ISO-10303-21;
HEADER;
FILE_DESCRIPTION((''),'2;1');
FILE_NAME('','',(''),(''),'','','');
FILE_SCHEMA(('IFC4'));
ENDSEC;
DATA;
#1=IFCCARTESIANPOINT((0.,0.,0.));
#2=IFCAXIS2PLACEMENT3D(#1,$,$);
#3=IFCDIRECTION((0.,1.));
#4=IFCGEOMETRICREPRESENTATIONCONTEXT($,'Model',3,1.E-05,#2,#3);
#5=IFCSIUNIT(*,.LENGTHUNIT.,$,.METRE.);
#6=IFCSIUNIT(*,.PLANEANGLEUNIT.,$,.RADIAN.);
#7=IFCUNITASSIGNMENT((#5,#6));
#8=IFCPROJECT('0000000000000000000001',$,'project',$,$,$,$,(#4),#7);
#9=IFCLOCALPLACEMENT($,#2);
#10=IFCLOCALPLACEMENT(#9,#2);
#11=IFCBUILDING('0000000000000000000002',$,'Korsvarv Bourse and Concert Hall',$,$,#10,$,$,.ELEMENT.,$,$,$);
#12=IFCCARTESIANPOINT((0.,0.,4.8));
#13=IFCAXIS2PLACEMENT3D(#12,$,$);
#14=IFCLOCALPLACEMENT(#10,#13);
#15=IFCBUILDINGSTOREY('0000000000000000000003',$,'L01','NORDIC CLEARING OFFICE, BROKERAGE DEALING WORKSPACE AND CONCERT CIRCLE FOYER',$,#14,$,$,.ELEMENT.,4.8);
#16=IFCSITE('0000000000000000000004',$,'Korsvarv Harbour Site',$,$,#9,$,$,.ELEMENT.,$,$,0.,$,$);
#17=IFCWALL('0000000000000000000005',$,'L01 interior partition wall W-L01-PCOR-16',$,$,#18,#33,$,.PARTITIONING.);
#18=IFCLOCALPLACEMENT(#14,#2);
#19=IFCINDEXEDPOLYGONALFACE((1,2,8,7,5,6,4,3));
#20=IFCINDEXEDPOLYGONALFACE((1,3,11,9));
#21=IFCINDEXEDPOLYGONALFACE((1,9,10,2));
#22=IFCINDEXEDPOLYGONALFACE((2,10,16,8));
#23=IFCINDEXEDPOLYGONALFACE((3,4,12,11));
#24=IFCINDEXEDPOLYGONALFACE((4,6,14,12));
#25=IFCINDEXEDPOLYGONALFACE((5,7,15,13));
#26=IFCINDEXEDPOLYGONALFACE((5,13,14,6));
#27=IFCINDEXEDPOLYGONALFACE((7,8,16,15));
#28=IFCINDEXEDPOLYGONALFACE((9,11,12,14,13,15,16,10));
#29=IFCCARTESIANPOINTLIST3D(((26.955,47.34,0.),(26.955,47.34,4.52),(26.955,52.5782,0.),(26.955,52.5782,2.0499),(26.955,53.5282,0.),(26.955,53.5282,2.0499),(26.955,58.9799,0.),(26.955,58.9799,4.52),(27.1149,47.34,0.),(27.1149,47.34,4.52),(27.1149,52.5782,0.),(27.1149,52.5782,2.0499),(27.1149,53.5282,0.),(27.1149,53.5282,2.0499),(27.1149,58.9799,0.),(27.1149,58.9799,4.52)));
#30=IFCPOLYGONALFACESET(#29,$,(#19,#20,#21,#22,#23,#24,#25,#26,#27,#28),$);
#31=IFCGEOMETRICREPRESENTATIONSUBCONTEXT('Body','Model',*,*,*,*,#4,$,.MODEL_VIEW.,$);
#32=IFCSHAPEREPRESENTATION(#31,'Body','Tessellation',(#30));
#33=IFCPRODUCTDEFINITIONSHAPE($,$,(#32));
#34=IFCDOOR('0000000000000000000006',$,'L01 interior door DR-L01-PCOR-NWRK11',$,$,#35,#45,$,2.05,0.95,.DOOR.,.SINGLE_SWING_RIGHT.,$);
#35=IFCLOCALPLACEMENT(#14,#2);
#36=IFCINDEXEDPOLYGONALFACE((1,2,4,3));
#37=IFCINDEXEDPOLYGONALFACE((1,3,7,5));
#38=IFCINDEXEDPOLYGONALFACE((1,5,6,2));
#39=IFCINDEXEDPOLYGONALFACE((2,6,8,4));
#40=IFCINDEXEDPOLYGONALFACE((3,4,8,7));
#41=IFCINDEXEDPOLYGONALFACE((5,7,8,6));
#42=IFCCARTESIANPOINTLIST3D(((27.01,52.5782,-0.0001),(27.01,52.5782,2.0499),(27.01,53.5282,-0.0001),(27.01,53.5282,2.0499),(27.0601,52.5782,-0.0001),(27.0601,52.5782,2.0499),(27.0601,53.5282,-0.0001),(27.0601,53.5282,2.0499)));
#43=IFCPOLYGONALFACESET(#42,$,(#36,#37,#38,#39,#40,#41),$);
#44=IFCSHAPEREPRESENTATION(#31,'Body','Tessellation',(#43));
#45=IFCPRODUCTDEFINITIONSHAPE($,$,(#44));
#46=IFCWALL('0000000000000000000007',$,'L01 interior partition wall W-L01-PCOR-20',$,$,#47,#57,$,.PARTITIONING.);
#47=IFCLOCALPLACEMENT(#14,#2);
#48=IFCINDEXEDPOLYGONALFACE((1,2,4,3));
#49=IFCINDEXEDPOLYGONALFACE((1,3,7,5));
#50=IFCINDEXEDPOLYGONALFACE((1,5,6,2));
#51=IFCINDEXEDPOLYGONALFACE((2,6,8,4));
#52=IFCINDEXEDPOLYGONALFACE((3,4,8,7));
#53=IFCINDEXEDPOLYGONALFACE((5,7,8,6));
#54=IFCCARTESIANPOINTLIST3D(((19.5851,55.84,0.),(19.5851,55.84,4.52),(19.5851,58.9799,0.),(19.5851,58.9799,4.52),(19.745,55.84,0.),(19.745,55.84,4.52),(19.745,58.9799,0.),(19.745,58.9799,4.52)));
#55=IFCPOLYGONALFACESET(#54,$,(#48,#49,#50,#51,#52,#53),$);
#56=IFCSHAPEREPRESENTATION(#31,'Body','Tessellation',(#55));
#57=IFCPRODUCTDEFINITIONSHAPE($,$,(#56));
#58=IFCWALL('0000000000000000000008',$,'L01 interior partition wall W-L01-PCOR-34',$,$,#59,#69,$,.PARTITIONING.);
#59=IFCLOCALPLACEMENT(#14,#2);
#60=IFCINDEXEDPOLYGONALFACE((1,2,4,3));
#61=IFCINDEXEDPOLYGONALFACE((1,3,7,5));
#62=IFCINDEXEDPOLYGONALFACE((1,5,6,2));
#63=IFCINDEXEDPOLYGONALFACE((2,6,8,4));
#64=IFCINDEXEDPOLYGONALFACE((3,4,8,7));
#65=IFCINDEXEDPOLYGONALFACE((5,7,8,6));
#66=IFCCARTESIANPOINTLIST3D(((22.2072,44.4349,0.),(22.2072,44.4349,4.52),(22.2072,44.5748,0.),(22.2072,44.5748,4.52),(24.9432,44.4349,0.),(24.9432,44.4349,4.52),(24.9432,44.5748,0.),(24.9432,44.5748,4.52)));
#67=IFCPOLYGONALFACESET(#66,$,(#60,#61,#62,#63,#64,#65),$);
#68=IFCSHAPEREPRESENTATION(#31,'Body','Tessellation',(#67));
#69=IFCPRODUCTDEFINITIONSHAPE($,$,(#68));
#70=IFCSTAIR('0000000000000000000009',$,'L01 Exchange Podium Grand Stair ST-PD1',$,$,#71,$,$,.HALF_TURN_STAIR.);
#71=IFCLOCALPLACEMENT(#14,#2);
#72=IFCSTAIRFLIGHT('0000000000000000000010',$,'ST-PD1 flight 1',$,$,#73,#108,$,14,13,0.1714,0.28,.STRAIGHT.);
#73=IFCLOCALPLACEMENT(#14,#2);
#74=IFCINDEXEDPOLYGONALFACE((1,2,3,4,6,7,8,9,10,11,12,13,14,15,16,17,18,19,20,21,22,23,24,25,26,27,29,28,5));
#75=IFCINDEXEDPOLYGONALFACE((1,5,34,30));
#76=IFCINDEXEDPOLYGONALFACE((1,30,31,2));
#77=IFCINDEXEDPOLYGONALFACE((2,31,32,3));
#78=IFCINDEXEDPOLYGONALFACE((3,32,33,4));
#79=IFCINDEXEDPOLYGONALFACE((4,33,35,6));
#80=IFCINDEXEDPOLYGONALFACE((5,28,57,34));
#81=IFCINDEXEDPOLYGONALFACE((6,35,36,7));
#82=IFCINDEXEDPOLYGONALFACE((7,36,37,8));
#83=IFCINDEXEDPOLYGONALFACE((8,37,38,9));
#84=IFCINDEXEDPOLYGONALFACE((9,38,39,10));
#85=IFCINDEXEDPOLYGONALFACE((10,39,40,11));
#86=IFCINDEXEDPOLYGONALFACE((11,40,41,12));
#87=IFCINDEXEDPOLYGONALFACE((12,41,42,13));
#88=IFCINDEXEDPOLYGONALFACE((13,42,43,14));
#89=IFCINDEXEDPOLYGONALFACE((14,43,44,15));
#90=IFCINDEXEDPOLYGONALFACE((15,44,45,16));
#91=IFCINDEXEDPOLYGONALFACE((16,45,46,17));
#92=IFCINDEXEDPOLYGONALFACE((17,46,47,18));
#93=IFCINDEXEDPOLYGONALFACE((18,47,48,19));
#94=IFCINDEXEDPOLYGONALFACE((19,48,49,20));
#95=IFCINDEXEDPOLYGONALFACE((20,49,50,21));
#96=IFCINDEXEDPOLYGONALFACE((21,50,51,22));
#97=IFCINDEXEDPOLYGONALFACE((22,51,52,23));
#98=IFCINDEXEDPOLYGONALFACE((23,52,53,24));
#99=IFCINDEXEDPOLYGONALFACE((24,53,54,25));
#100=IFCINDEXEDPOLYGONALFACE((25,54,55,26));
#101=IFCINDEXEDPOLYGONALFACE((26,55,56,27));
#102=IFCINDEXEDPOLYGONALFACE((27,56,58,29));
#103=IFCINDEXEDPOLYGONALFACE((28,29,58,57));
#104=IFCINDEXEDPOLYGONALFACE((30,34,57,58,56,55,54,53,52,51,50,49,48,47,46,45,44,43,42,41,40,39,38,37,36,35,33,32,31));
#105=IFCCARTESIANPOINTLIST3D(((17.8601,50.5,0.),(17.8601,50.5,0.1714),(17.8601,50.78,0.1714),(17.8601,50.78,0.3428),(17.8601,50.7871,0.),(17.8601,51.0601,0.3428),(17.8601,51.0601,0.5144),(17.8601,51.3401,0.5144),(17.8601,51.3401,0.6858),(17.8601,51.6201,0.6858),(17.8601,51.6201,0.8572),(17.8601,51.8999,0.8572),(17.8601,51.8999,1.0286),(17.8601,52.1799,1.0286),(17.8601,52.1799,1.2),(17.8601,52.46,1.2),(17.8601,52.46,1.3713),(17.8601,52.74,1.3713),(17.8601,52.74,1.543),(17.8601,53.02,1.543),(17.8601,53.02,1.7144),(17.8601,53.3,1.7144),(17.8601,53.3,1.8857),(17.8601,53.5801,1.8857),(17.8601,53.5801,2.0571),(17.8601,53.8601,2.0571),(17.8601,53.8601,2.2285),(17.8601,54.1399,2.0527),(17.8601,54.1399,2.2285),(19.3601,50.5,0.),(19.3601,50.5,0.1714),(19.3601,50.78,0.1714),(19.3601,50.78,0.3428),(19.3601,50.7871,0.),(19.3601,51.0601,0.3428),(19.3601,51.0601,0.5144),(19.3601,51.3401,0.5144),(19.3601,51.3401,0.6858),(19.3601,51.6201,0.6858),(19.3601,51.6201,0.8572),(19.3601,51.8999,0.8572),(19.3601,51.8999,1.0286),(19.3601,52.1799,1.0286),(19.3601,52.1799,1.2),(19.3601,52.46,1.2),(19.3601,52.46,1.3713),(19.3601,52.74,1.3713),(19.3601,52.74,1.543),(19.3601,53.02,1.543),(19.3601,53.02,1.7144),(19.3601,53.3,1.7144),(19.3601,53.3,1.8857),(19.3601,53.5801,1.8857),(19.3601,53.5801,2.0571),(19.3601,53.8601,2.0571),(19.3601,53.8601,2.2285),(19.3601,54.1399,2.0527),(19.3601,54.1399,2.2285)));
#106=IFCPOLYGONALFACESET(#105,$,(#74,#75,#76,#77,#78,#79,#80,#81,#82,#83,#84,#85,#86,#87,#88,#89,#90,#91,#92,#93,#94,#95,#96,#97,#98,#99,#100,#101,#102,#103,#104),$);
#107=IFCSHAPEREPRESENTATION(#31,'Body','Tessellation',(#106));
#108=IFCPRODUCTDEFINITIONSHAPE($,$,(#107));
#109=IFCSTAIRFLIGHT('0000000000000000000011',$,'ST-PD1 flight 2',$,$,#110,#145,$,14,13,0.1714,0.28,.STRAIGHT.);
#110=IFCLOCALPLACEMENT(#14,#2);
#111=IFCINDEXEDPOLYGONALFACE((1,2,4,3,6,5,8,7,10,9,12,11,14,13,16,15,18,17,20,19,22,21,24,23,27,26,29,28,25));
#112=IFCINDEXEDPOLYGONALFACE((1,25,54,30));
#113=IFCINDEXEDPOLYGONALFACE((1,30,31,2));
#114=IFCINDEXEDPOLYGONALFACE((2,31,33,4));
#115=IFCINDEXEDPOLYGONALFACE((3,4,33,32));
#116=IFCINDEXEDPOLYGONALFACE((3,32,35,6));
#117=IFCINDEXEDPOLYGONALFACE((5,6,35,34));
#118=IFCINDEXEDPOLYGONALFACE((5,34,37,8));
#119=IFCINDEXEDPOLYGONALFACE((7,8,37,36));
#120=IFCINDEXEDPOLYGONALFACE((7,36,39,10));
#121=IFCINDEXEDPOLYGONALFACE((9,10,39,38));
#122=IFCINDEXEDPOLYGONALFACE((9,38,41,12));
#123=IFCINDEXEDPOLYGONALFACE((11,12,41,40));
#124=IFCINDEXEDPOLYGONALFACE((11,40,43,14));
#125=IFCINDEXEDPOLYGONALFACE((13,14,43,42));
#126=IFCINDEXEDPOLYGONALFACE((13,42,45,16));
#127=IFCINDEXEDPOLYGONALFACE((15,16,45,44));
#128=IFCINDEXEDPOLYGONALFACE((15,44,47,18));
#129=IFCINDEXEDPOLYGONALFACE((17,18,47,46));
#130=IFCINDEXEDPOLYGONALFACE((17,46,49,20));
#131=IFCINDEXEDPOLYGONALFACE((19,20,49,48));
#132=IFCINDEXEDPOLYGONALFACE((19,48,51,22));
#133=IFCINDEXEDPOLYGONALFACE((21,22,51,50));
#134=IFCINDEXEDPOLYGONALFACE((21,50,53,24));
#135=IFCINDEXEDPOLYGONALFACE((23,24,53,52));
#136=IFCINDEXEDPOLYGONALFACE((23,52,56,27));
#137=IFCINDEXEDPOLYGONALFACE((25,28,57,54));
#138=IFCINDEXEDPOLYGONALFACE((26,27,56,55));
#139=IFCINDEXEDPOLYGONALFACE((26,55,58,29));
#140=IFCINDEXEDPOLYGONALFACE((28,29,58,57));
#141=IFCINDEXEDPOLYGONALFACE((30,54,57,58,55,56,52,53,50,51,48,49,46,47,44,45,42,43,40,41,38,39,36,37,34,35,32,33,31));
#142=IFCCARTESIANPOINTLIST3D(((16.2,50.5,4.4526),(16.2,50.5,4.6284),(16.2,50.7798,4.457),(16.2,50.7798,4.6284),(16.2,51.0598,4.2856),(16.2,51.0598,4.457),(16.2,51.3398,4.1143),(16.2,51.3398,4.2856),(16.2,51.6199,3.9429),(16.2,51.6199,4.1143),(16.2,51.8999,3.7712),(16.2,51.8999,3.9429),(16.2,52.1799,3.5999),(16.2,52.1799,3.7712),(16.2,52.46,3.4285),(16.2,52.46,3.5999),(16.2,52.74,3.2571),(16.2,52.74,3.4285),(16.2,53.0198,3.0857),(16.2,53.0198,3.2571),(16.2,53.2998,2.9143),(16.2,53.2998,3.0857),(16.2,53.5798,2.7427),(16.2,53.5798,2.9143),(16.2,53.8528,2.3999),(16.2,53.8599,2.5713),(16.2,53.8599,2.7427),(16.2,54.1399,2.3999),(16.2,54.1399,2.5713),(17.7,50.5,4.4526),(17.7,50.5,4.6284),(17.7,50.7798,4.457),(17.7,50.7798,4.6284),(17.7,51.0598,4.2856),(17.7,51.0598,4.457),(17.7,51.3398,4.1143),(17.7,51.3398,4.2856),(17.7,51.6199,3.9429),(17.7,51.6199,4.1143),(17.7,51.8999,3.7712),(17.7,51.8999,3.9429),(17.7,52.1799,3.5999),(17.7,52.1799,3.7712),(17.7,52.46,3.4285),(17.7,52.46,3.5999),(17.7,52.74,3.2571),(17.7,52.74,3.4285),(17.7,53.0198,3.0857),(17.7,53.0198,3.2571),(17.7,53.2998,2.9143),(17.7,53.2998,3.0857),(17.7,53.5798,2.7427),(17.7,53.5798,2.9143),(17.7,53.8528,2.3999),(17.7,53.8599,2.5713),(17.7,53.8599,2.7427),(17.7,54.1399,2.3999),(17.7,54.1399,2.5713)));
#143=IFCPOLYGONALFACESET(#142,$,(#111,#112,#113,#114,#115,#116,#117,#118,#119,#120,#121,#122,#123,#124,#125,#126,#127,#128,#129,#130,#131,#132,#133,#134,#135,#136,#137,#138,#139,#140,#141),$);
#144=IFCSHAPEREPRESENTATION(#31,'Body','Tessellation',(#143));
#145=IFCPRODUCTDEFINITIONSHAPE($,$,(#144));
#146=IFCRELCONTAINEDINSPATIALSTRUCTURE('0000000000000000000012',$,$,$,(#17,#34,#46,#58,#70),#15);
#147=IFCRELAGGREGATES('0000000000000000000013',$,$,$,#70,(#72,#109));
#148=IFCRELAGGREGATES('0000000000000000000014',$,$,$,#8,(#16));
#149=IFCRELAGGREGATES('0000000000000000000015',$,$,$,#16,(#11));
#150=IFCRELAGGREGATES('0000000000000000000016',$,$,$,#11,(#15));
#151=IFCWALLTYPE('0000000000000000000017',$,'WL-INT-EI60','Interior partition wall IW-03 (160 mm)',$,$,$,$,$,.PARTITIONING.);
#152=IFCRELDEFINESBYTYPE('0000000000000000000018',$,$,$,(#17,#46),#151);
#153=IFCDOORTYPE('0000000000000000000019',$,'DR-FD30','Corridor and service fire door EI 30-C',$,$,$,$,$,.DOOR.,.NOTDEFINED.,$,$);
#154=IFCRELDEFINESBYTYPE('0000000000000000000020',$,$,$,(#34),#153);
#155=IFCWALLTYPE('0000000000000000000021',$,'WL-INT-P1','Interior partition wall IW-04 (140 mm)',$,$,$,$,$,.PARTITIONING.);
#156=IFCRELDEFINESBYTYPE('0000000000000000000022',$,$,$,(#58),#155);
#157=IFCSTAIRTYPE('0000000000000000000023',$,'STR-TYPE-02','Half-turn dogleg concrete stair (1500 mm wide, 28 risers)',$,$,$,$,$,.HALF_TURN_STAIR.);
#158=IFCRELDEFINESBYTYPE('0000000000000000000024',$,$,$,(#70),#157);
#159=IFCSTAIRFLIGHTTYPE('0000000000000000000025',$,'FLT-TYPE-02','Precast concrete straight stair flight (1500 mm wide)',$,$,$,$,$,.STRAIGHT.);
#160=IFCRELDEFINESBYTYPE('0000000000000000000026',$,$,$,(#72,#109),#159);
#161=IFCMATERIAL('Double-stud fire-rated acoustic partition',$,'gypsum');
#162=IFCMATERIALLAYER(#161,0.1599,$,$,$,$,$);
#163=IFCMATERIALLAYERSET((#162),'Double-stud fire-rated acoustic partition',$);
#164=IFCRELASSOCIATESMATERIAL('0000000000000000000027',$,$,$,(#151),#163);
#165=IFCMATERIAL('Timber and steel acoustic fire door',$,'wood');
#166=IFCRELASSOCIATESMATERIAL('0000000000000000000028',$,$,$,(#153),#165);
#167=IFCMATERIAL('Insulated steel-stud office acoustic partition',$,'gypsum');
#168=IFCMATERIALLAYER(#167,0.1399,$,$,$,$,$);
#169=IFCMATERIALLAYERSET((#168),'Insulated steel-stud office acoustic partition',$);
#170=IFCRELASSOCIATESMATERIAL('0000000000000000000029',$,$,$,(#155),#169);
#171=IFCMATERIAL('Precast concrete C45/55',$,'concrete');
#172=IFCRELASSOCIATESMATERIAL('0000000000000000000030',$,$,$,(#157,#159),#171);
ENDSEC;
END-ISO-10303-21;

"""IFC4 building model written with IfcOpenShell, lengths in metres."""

from ifc_helpers import new_model, si_unit, direction, frame, frame_2d, origin, place, context, subcontext, project, spatial, polyline, rectangle, outline, extrude, material, layer, layer_set, type_object, element, fill, aggregate, save


model = new_model("IFC4")

# Units and contexts
model_context = context("Model", 3, precision=1e-05, world=origin(), true_north=direction((0.0, 1.0)))
body_context = subcontext(model_context, "Body", "Model", "MODEL_VIEW")
ifc_project = project(units=[si_unit("LENGTHUNIT", "METRE"), si_unit("PLANEANGLEUNIT", "RADIAN")], contexts=[model_context])

# Site, building, storey
site_placement = place(None, origin())
site = spatial("IfcSite", under=ifc_project, at=site_placement, Name="Korsvarv Harbour Site", CompositionType="ELEMENT", RefElevation=0.0)
building_placement = place(site_placement, origin())
building = spatial("IfcBuilding", under=site, at=building_placement, Name="Korsvarv Bourse and Concert Hall", CompositionType="ELEMENT")
storey_placement = place(building_placement, frame((0.0, 0.0, 4.8)))
storey = spatial("IfcBuildingStorey", under=building, at=storey_placement, Name="L01", Description="NORDIC CLEARING OFFICE, BROKERAGE DEALING WORKSPACE AND CONCERT CIRCLE FOYER", CompositionType="ELEMENT", Elevation=4.8)

# Wall, opening, door
ifc_material_1 = material(Name="Double-stud fire-rated acoustic partition", Category="gypsum")
ifc_layer_1 = layer(ifc_material_1, 0.1599)
ifc_layer_set_1 = layer_set([ifc_layer_1], Name="Double-stud fire-rated acoustic partition")
wall_type_1 = type_object("IfcWallType", Name="WL-INT-EI60", Description="Interior partition wall IW-03 (160 mm)", PredefinedType="PARTITIONING", material=ifc_layer_set_1)
wall_1_placement = place(storey_placement, frame((27.0349, 47.3401, 0.0), z_axis=(0.0, 0.0, 1.0), x_axis=(0.0, 1.0, 0.0)))
wall_1 = element("IfcWall", 1, at=wall_1_placement, inside=storey, type_object=wall_type_1, Name="L01 interior partition wall W-L01-PCOR-16", PredefinedType="PARTITIONING", context=body_context, shape_type="SweptSolid", body=[
    extrude(rectangle(XDim=11.6399, YDim=0.1599, at=frame_2d((5.8198, 0.0))), origin(), (0.0, 0.0, 1.0), 4.52),
])
opening_1_placement = place(wall_1_placement, frame((5.238, 0.0, 0.0)))
opening_1 = element("IfcOpeningElement", 2, at=opening_1_placement, cuts=wall_1, PredefinedType="OPENING", context=body_context, shape_type="SweptSolid", body=[
    extrude(rectangle(XDim=0.95, YDim=2.05, at=frame_2d((0.4751, 1.0249))), frame((0.0, 0.0898, 0.0), z_axis=(0.0, -1.0, 0.0), x_axis=(1.0, 0.0, 0.0)), (0.0, 0.0, 1.0), 0.1799),
])
ifc_material_2 = material(Name="Timber and steel acoustic fire door", Category="wood")
door_type_1 = type_object("IfcDoorType", Name="DR-FD30", Description="Corridor and service fire door EI 30-C", OperationType="NOTDEFINED", PredefinedType="DOOR", material=ifc_material_2)
door_1_placement = place(opening_1_placement, origin())
door_1 = element("IfcDoor", 3, at=door_1_placement, inside=storey, type_object=door_type_1, Name="L01 interior door DR-L01-PCOR-NWRK11", OperationType="SINGLE_SWING_RIGHT", OverallHeight=2.05, OverallWidth=0.95, PredefinedType="DOOR", context=body_context, shape_type="SweptSolid", body=[
    extrude(rectangle(XDim=0.95, YDim=2.05, at=frame_2d((0.4751, 1.0249))), frame((0.0, 0.0249, 0.0), z_axis=(0.0, -1.0, 0.0), x_axis=(1.0, 0.0, 0.0)), (0.0, 0.0, 1.0), 0.05),
])
fill(opening_1, door_1)

# Walls
wall_2_placement = place(storey_placement, frame((19.665, 55.8401, 0.0), z_axis=(0.0, 0.0, 1.0), x_axis=(0.0, 1.0, 0.0)))
element("IfcWall", 4, at=wall_2_placement, inside=storey, type_object=wall_type_1, Name="L01 interior partition wall W-L01-PCOR-20", PredefinedType="PARTITIONING", context=body_context, shape_type="SweptSolid", body=[
    extrude(rectangle(XDim=3.1399, YDim=0.1599, at=frame_2d((1.5698, 0.0))), origin(), (0.0, 0.0, 1.0), 4.52),
])
ifc_material_3 = material(Name="Insulated steel-stud office acoustic partition", Category="gypsum")
ifc_layer_2 = layer(ifc_material_3, 0.1399)
ifc_layer_set_2 = layer_set([ifc_layer_2], Name="Insulated steel-stud office acoustic partition")
wall_type_2 = type_object("IfcWallType", Name="WL-INT-P1", Description="Interior partition wall IW-04 (140 mm)", PredefinedType="PARTITIONING", material=ifc_layer_set_2)
wall_3_placement = place(storey_placement, frame((22.207, 44.5049, 0.0), z_axis=(0.0, 0.0, 1.0), x_axis=(1.0, 0.0, 0.0)))
element("IfcWall", 5, at=wall_3_placement, inside=storey, type_object=wall_type_2, Name="L01 interior partition wall W-L01-PCOR-34", PredefinedType="PARTITIONING", context=body_context, shape_type="SweptSolid", body=[
    extrude(rectangle(XDim=2.7361, YDim=0.1399, at=frame_2d((1.3682, 0.0))), origin(), (0.0, 0.0, 1.0), 4.52),
])

# Stair, stair flights
ifc_material_4 = material(Name="Precast concrete C45/55", Category="concrete")
stair_type = type_object("IfcStairType", Name="STR-TYPE-02", Description="Half-turn dogleg concrete stair (1500 mm wide, 28 risers)", PredefinedType="HALF_TURN_STAIR", material=ifc_material_4)
stair_placement = place(storey_placement, origin())
stair = element("IfcStair", 6, at=stair_placement, inside=storey, type_object=stair_type, Name="L01 Exchange Podium Grand Stair ST-PD1", PredefinedType="HALF_TURN_STAIR")
stair_flight_type = type_object("IfcStairFlightType", Name="FLT-TYPE-02", Description="Precast concrete straight stair flight (1500 mm wide)", PredefinedType="STRAIGHT", material=ifc_material_4)
stair_flight_1_placement = place(storey_placement, frame((18.6101, 50.5, 0.0), z_axis=(0.0, 0.0, 1.0), x_axis=(0.0, 1.0, 0.0)))
stair_flight_1 = element("IfcStairFlight", 7, at=stair_flight_1_placement, type_object=stair_flight_type, Name="ST-PD1 flight 1", NumberOfRisers=14, NumberOfTreads=13, PredefinedType="STRAIGHT", RiserHeight=0.1714, TreadLength=0.28, context=body_context, shape_type="SweptSolid", body=[
    extrude(outline(polyline([(0.0, 0.0), (0.0, 0.1714), (0.28, 0.1714), (0.28, 0.3428), (0.5601, 0.3428), (0.5601, 0.5144), (0.8401, 0.5144), (0.8401, 0.6858), (1.1201, 0.6858), (1.1201, 0.8572), (1.3999, 0.8572), (1.3999, 1.0286), (1.6799, 1.0286), (1.6799, 1.2), (1.96, 1.2), (1.96, 1.3713), (2.24, 1.3713), (2.24, 1.543), (2.52, 1.543), (2.52, 1.7144), (2.8, 1.7144), (2.8, 1.8857), (3.0801, 1.8857), (3.0801, 2.0571), (3.3601, 2.0571), (3.3601, 2.2285), (3.6399, 2.2285), (3.6399, 2.3999), (3.6399, 2.0527), (0.2871, 0.0), (0.0, 0.0)])), frame((0.0, 0.75, 0.0), z_axis=(0.0, -1.0, 0.0), x_axis=(1.0, 0.0, 0.0)), (0.0, 0.0, 1.0), 1.5),
])
stair_flight_2_placement = place(storey_placement, frame((16.95, 54.1399, 2.3999), z_axis=(0.0, 0.0, 1.0), x_axis=(0.0, -1.0, 0.0)))
stair_flight_2 = element("IfcStairFlight", 8, at=stair_flight_2_placement, type_object=stair_flight_type, Name="ST-PD1 flight 2", NumberOfRisers=14, NumberOfTreads=13, PredefinedType="STRAIGHT", RiserHeight=0.1714, TreadLength=0.28, context=body_context, shape_type="SweptSolid", body=[
    extrude(outline(polyline([(0.0, 0.0), (0.0, 0.1714), (0.28, 0.1714), (0.28, 0.3428), (0.5601, 0.3428), (0.5601, 0.5144), (0.8401, 0.5144), (0.8401, 0.6858), (1.1201, 0.6858), (1.1201, 0.8572), (1.3999, 0.8572), (1.3999, 1.0286), (1.6799, 1.0286), (1.6799, 1.2), (1.96, 1.2), (1.96, 1.3713), (2.24, 1.3713), (2.24, 1.543), (2.52, 1.543), (2.52, 1.7144), (2.8, 1.7144), (2.8, 1.8857), (3.0801, 1.8857), (3.0801, 2.0571), (3.3601, 2.0571), (3.3601, 2.2285), (3.6399, 2.2285), (3.6399, 2.3999), (3.6399, 2.0527), (0.2871, 0.0), (0.0, 0.0)])), frame((0.0, 0.75, 0.0), z_axis=(0.0, -1.0, 0.0), x_axis=(1.0, 0.0, 0.0)), (0.0, 0.0, 1.0), 1.5),
])
aggregate(stair, [stair_flight_1, stair_flight_2])

save(model, "model.ifc")
